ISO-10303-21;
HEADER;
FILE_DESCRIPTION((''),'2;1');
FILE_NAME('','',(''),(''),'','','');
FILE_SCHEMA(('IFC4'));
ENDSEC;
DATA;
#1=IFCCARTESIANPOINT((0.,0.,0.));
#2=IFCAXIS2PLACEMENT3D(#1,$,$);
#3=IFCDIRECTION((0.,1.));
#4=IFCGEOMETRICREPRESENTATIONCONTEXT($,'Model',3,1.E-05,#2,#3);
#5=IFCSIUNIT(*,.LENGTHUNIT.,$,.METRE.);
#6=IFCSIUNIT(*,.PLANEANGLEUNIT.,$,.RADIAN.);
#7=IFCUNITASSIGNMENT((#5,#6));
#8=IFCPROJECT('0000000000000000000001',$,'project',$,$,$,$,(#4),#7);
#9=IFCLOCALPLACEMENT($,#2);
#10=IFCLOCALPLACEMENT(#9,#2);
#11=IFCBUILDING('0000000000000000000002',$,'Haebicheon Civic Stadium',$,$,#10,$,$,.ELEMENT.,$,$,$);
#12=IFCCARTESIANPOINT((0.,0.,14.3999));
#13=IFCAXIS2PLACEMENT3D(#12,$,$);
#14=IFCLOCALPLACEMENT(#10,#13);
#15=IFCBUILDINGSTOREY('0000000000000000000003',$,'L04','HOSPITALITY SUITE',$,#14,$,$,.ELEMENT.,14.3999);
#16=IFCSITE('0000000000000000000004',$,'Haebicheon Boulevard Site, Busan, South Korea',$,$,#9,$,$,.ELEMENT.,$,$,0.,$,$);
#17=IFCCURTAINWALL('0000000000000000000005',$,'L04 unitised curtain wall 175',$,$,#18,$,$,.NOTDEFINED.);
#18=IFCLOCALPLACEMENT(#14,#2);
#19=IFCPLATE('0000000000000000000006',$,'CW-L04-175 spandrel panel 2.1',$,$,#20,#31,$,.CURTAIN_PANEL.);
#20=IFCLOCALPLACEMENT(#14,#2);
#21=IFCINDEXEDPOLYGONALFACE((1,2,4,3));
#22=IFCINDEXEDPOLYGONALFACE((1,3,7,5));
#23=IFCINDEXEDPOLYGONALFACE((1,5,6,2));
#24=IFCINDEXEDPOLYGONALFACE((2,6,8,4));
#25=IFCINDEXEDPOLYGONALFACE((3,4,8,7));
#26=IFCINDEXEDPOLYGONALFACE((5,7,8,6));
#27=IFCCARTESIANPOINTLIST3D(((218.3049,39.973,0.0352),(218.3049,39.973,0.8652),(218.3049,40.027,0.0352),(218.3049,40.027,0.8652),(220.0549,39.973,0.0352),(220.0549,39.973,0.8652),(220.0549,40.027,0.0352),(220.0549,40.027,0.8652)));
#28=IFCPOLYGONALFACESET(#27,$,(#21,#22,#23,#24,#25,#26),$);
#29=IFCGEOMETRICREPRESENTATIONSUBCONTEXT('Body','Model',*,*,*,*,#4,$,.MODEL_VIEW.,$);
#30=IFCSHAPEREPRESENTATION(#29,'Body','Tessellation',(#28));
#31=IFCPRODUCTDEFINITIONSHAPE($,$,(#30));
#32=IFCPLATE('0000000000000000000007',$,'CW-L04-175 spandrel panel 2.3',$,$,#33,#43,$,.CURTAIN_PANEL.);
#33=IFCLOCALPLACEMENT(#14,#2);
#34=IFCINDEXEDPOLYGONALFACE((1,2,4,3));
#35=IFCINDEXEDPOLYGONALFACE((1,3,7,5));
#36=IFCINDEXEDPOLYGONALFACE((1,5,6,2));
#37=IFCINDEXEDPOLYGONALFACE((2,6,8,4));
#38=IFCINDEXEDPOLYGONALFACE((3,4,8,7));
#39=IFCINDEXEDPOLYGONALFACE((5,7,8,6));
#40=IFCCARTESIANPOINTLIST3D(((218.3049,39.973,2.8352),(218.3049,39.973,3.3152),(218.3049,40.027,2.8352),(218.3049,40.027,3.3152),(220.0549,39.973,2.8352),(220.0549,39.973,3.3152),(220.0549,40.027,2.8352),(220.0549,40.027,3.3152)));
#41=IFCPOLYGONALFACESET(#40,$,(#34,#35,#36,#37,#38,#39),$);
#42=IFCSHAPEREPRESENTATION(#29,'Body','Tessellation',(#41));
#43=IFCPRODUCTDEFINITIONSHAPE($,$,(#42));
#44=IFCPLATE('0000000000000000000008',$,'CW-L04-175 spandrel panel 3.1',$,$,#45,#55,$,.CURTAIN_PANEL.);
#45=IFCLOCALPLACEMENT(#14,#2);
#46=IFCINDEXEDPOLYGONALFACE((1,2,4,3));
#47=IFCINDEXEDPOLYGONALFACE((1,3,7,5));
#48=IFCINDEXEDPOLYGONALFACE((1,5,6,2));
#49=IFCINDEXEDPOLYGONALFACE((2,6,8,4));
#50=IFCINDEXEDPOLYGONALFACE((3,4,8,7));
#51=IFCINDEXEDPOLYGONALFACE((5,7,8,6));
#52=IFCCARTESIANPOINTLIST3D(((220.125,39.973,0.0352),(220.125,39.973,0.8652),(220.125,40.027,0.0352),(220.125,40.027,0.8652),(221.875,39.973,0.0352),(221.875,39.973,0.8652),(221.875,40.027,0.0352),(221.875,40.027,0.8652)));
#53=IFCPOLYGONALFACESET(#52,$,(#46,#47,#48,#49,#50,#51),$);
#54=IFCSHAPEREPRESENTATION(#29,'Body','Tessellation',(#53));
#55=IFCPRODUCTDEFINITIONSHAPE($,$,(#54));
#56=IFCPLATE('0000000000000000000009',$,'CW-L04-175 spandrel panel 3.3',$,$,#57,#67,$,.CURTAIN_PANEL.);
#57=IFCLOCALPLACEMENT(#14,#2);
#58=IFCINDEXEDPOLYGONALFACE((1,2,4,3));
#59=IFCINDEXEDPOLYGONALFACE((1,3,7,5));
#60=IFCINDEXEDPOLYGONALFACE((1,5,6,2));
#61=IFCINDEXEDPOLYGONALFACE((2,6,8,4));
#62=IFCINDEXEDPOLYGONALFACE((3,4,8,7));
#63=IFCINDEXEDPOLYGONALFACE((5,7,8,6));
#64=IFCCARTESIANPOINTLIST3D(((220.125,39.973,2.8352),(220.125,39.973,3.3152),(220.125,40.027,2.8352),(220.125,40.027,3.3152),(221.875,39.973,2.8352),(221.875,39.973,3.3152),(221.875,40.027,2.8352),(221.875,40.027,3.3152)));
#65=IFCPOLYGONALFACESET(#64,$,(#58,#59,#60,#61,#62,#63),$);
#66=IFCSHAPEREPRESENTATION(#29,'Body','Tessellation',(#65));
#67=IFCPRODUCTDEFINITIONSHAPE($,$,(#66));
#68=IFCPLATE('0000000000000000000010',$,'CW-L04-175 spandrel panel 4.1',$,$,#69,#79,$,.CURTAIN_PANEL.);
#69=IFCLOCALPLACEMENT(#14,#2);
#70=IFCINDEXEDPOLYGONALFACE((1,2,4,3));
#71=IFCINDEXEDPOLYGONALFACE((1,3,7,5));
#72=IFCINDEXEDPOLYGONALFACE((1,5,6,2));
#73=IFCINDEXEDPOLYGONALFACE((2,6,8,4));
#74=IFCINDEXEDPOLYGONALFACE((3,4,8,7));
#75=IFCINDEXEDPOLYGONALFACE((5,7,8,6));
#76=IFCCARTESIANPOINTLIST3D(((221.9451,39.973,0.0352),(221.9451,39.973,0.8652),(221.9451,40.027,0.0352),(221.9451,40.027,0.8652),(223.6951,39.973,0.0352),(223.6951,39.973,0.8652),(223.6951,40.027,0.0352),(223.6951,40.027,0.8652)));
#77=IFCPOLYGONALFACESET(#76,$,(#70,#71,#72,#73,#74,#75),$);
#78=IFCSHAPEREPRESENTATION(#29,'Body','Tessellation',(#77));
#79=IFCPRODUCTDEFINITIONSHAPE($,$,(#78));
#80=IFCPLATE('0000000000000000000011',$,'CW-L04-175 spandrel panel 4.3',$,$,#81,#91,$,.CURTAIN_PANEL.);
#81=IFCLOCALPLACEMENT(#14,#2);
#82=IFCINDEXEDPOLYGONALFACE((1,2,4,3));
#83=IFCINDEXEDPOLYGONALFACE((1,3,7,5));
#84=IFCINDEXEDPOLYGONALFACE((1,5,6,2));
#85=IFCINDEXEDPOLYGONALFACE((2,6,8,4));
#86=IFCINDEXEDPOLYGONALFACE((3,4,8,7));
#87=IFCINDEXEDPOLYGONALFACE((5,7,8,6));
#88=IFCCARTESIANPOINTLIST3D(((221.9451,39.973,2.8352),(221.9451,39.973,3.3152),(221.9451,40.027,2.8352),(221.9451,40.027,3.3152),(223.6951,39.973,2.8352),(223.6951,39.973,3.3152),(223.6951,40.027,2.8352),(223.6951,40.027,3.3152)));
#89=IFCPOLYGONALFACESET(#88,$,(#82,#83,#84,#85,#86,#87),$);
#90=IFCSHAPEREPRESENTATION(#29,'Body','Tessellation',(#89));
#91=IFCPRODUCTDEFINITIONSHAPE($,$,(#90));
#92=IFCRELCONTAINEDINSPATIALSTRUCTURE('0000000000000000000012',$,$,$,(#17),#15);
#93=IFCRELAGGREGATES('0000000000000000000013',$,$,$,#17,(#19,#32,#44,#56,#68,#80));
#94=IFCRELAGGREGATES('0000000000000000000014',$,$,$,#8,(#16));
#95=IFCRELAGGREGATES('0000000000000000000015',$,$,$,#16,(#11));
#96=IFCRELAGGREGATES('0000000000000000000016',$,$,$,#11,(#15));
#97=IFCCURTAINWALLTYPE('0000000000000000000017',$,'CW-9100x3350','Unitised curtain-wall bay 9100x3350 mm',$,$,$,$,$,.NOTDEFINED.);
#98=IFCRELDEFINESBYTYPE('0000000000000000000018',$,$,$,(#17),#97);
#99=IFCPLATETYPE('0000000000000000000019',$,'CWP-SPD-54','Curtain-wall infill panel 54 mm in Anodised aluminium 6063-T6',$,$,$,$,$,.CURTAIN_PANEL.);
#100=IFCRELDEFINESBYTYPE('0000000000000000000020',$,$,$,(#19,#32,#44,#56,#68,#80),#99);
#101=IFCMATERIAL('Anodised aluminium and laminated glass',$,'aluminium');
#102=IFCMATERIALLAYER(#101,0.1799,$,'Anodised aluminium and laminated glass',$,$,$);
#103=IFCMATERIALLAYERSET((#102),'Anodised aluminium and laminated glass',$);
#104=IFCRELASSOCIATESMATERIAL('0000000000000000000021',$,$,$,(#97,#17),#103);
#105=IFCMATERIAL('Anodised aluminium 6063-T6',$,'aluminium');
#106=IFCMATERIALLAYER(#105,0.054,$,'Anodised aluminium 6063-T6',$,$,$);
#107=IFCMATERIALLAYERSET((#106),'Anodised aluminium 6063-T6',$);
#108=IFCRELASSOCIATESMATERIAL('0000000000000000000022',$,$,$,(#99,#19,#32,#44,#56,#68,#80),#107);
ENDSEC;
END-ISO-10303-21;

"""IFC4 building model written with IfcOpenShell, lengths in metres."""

from ifc_helpers import new_model, si_unit, direction, frame, origin, origin_2d, place, context, subcontext, project, spatial, rectangle, extrude, material, layer, layer_set, type_object, element, aggregate, save


model = new_model("IFC4")

# Units and contexts
model_context = context("Model", 3, precision=1e-05, world=origin(), true_north=direction((0.0, 1.0)))
body_context = subcontext(model_context, "Body", "Model", "MODEL_VIEW")
ifc_project = project(units=[si_unit("LENGTHUNIT", "METRE"), si_unit("PLANEANGLEUNIT", "RADIAN")], contexts=[model_context])

# Site, building, storey
site_placement = place(None, origin())
site = spatial("IfcSite", under=ifc_project, at=site_placement, Name="Haebicheon Boulevard Site, Busan, South Korea", CompositionType="ELEMENT", RefElevation=0.0)
building_placement = place(site_placement, origin())
building = spatial("IfcBuilding", under=site, at=building_placement, Name="Haebicheon Civic Stadium", CompositionType="ELEMENT")
storey_placement = place(building_placement, frame((0.0, 0.0, 14.3999)))
storey = spatial("IfcBuildingStorey", under=building, at=storey_placement, Name="L04", Description="HOSPITALITY SUITE", CompositionType="ELEMENT", Elevation=14.3999)

# Curtain wall, plates
ifc_material_1 = material(Name="Anodised aluminium and laminated glass", Category="aluminium")
ifc_layer_1 = layer(ifc_material_1, 0.1799, Name="Anodised aluminium and laminated glass")
ifc_layer_set_1 = layer_set([ifc_layer_1], Name="Anodised aluminium and laminated glass")
curtain_wall_type = type_object("IfcCurtainWallType", Name="CW-9100x3350", Description="Unitised curtain-wall bay 9100x3350 mm", PredefinedType="NOTDEFINED", material=ifc_layer_set_1)
curtain_wall_placement = place(storey_placement, origin())
curtain_wall = element("IfcCurtainWall", 1, at=curtain_wall_placement, inside=storey, type_object=curtain_wall_type, material=ifc_layer_set_1, Name="L04 unitised curtain wall 175", PredefinedType="NOTDEFINED")
ifc_material_2 = material(Name="Anodised aluminium 6063-T6", Category="aluminium")
ifc_layer_2 = layer(ifc_material_2, 0.054, Name="Anodised aluminium 6063-T6")
ifc_layer_set_2 = layer_set([ifc_layer_2], Name="Anodised aluminium 6063-T6")
plate_type_1 = type_object("IfcPlateType", Name="CWP-SPD-54", Description="Curtain-wall infill panel 54 mm in Anodised aluminium 6063-T6", PredefinedType="CURTAIN_PANEL", material=ifc_layer_set_2)
plate_1_placement = place(storey_placement, frame((219.1799, 40.0, 0.0352), z_axis=(0.0, 0.0, 1.0), x_axis=(1.0, 0.0, 0.0)))
plate_1 = element("IfcPlate", 2, at=plate_1_placement, type_object=plate_type_1, material=ifc_layer_set_2, Name="CW-L04-175 spandrel panel 2.1", PredefinedType="CURTAIN_PANEL", context=body_context, shape_type="SweptSolid", body=[
    extrude(rectangle(XDim=1.75, YDim=0.054, at=origin_2d()), origin(), (0.0, 0.0, 1.0), 0.8301),
])
plate_2_placement = place(storey_placement, frame((219.1799, 40.0, 2.8352), z_axis=(0.0, 0.0, 1.0), x_axis=(1.0, 0.0, 0.0)))
plate_2 = element("IfcPlate", 3, at=plate_2_placement, type_object=plate_type_1, material=ifc_layer_set_2, Name="CW-L04-175 spandrel panel 2.3", PredefinedType="CURTAIN_PANEL", context=body_context, shape_type="SweptSolid", body=[
    extrude(rectangle(XDim=1.75, YDim=0.054, at=origin_2d()), origin(), (0.0, 0.0, 1.0), 0.48),
])
plate_3_placement = place(storey_placement, frame((221.0, 40.0, 0.0352), z_axis=(0.0, 0.0, 1.0), x_axis=(1.0, 0.0, 0.0)))
plate_3 = element("IfcPlate", 4, at=plate_3_placement, type_object=plate_type_1, material=ifc_layer_set_2, Name="CW-L04-175 spandrel panel 3.1", PredefinedType="CURTAIN_PANEL", context=body_context, shape_type="SweptSolid", body=[
    extrude(rectangle(XDim=1.75, YDim=0.054, at=origin_2d()), origin(), (0.0, 0.0, 1.0), 0.8301),
])
plate_4_placement = place(storey_placement, frame((221.0, 40.0, 2.8352), z_axis=(0.0, 0.0, 1.0), x_axis=(1.0, 0.0, 0.0)))
plate_4 = element("IfcPlate", 5, at=plate_4_placement, type_object=plate_type_1, material=ifc_layer_set_2, Name="CW-L04-175 spandrel panel 3.3", PredefinedType="CURTAIN_PANEL", context=body_context, shape_type="SweptSolid", body=[
    extrude(rectangle(XDim=1.75, YDim=0.054, at=origin_2d()), origin(), (0.0, 0.0, 1.0), 0.48),
])
plate_5_placement = place(storey_placement, frame((222.8201, 40.0, 0.0352), z_axis=(0.0, 0.0, 1.0), x_axis=(1.0, 0.0, 0.0)))
plate_5 = element("IfcPlate", 6, at=plate_5_placement, type_object=plate_type_1, material=ifc_layer_set_2, Name="CW-L04-175 spandrel panel 4.1", PredefinedType="CURTAIN_PANEL", context=body_context, shape_type="SweptSolid", body=[
    extrude(rectangle(XDim=1.75, YDim=0.054, at=origin_2d()), origin(), (0.0, 0.0, 1.0), 0.8301),
])
plate_6_placement = place(storey_placement, frame((222.8201, 40.0, 2.8352), z_axis=(0.0, 0.0, 1.0), x_axis=(1.0, 0.0, 0.0)))
plate_6 = element("IfcPlate", 7, at=plate_6_placement, type_object=plate_type_1, material=ifc_layer_set_2, Name="CW-L04-175 spandrel panel 4.3", PredefinedType="CURTAIN_PANEL", context=body_context, shape_type="SweptSolid", body=[
    extrude(rectangle(XDim=1.75, YDim=0.054, at=origin_2d()), origin(), (0.0, 0.0, 1.0), 0.48),
])
aggregate(curtain_wall, [plate_1, plate_2, plate_3, plate_4, plate_5, plate_6])

save(model, "model.ifc")
